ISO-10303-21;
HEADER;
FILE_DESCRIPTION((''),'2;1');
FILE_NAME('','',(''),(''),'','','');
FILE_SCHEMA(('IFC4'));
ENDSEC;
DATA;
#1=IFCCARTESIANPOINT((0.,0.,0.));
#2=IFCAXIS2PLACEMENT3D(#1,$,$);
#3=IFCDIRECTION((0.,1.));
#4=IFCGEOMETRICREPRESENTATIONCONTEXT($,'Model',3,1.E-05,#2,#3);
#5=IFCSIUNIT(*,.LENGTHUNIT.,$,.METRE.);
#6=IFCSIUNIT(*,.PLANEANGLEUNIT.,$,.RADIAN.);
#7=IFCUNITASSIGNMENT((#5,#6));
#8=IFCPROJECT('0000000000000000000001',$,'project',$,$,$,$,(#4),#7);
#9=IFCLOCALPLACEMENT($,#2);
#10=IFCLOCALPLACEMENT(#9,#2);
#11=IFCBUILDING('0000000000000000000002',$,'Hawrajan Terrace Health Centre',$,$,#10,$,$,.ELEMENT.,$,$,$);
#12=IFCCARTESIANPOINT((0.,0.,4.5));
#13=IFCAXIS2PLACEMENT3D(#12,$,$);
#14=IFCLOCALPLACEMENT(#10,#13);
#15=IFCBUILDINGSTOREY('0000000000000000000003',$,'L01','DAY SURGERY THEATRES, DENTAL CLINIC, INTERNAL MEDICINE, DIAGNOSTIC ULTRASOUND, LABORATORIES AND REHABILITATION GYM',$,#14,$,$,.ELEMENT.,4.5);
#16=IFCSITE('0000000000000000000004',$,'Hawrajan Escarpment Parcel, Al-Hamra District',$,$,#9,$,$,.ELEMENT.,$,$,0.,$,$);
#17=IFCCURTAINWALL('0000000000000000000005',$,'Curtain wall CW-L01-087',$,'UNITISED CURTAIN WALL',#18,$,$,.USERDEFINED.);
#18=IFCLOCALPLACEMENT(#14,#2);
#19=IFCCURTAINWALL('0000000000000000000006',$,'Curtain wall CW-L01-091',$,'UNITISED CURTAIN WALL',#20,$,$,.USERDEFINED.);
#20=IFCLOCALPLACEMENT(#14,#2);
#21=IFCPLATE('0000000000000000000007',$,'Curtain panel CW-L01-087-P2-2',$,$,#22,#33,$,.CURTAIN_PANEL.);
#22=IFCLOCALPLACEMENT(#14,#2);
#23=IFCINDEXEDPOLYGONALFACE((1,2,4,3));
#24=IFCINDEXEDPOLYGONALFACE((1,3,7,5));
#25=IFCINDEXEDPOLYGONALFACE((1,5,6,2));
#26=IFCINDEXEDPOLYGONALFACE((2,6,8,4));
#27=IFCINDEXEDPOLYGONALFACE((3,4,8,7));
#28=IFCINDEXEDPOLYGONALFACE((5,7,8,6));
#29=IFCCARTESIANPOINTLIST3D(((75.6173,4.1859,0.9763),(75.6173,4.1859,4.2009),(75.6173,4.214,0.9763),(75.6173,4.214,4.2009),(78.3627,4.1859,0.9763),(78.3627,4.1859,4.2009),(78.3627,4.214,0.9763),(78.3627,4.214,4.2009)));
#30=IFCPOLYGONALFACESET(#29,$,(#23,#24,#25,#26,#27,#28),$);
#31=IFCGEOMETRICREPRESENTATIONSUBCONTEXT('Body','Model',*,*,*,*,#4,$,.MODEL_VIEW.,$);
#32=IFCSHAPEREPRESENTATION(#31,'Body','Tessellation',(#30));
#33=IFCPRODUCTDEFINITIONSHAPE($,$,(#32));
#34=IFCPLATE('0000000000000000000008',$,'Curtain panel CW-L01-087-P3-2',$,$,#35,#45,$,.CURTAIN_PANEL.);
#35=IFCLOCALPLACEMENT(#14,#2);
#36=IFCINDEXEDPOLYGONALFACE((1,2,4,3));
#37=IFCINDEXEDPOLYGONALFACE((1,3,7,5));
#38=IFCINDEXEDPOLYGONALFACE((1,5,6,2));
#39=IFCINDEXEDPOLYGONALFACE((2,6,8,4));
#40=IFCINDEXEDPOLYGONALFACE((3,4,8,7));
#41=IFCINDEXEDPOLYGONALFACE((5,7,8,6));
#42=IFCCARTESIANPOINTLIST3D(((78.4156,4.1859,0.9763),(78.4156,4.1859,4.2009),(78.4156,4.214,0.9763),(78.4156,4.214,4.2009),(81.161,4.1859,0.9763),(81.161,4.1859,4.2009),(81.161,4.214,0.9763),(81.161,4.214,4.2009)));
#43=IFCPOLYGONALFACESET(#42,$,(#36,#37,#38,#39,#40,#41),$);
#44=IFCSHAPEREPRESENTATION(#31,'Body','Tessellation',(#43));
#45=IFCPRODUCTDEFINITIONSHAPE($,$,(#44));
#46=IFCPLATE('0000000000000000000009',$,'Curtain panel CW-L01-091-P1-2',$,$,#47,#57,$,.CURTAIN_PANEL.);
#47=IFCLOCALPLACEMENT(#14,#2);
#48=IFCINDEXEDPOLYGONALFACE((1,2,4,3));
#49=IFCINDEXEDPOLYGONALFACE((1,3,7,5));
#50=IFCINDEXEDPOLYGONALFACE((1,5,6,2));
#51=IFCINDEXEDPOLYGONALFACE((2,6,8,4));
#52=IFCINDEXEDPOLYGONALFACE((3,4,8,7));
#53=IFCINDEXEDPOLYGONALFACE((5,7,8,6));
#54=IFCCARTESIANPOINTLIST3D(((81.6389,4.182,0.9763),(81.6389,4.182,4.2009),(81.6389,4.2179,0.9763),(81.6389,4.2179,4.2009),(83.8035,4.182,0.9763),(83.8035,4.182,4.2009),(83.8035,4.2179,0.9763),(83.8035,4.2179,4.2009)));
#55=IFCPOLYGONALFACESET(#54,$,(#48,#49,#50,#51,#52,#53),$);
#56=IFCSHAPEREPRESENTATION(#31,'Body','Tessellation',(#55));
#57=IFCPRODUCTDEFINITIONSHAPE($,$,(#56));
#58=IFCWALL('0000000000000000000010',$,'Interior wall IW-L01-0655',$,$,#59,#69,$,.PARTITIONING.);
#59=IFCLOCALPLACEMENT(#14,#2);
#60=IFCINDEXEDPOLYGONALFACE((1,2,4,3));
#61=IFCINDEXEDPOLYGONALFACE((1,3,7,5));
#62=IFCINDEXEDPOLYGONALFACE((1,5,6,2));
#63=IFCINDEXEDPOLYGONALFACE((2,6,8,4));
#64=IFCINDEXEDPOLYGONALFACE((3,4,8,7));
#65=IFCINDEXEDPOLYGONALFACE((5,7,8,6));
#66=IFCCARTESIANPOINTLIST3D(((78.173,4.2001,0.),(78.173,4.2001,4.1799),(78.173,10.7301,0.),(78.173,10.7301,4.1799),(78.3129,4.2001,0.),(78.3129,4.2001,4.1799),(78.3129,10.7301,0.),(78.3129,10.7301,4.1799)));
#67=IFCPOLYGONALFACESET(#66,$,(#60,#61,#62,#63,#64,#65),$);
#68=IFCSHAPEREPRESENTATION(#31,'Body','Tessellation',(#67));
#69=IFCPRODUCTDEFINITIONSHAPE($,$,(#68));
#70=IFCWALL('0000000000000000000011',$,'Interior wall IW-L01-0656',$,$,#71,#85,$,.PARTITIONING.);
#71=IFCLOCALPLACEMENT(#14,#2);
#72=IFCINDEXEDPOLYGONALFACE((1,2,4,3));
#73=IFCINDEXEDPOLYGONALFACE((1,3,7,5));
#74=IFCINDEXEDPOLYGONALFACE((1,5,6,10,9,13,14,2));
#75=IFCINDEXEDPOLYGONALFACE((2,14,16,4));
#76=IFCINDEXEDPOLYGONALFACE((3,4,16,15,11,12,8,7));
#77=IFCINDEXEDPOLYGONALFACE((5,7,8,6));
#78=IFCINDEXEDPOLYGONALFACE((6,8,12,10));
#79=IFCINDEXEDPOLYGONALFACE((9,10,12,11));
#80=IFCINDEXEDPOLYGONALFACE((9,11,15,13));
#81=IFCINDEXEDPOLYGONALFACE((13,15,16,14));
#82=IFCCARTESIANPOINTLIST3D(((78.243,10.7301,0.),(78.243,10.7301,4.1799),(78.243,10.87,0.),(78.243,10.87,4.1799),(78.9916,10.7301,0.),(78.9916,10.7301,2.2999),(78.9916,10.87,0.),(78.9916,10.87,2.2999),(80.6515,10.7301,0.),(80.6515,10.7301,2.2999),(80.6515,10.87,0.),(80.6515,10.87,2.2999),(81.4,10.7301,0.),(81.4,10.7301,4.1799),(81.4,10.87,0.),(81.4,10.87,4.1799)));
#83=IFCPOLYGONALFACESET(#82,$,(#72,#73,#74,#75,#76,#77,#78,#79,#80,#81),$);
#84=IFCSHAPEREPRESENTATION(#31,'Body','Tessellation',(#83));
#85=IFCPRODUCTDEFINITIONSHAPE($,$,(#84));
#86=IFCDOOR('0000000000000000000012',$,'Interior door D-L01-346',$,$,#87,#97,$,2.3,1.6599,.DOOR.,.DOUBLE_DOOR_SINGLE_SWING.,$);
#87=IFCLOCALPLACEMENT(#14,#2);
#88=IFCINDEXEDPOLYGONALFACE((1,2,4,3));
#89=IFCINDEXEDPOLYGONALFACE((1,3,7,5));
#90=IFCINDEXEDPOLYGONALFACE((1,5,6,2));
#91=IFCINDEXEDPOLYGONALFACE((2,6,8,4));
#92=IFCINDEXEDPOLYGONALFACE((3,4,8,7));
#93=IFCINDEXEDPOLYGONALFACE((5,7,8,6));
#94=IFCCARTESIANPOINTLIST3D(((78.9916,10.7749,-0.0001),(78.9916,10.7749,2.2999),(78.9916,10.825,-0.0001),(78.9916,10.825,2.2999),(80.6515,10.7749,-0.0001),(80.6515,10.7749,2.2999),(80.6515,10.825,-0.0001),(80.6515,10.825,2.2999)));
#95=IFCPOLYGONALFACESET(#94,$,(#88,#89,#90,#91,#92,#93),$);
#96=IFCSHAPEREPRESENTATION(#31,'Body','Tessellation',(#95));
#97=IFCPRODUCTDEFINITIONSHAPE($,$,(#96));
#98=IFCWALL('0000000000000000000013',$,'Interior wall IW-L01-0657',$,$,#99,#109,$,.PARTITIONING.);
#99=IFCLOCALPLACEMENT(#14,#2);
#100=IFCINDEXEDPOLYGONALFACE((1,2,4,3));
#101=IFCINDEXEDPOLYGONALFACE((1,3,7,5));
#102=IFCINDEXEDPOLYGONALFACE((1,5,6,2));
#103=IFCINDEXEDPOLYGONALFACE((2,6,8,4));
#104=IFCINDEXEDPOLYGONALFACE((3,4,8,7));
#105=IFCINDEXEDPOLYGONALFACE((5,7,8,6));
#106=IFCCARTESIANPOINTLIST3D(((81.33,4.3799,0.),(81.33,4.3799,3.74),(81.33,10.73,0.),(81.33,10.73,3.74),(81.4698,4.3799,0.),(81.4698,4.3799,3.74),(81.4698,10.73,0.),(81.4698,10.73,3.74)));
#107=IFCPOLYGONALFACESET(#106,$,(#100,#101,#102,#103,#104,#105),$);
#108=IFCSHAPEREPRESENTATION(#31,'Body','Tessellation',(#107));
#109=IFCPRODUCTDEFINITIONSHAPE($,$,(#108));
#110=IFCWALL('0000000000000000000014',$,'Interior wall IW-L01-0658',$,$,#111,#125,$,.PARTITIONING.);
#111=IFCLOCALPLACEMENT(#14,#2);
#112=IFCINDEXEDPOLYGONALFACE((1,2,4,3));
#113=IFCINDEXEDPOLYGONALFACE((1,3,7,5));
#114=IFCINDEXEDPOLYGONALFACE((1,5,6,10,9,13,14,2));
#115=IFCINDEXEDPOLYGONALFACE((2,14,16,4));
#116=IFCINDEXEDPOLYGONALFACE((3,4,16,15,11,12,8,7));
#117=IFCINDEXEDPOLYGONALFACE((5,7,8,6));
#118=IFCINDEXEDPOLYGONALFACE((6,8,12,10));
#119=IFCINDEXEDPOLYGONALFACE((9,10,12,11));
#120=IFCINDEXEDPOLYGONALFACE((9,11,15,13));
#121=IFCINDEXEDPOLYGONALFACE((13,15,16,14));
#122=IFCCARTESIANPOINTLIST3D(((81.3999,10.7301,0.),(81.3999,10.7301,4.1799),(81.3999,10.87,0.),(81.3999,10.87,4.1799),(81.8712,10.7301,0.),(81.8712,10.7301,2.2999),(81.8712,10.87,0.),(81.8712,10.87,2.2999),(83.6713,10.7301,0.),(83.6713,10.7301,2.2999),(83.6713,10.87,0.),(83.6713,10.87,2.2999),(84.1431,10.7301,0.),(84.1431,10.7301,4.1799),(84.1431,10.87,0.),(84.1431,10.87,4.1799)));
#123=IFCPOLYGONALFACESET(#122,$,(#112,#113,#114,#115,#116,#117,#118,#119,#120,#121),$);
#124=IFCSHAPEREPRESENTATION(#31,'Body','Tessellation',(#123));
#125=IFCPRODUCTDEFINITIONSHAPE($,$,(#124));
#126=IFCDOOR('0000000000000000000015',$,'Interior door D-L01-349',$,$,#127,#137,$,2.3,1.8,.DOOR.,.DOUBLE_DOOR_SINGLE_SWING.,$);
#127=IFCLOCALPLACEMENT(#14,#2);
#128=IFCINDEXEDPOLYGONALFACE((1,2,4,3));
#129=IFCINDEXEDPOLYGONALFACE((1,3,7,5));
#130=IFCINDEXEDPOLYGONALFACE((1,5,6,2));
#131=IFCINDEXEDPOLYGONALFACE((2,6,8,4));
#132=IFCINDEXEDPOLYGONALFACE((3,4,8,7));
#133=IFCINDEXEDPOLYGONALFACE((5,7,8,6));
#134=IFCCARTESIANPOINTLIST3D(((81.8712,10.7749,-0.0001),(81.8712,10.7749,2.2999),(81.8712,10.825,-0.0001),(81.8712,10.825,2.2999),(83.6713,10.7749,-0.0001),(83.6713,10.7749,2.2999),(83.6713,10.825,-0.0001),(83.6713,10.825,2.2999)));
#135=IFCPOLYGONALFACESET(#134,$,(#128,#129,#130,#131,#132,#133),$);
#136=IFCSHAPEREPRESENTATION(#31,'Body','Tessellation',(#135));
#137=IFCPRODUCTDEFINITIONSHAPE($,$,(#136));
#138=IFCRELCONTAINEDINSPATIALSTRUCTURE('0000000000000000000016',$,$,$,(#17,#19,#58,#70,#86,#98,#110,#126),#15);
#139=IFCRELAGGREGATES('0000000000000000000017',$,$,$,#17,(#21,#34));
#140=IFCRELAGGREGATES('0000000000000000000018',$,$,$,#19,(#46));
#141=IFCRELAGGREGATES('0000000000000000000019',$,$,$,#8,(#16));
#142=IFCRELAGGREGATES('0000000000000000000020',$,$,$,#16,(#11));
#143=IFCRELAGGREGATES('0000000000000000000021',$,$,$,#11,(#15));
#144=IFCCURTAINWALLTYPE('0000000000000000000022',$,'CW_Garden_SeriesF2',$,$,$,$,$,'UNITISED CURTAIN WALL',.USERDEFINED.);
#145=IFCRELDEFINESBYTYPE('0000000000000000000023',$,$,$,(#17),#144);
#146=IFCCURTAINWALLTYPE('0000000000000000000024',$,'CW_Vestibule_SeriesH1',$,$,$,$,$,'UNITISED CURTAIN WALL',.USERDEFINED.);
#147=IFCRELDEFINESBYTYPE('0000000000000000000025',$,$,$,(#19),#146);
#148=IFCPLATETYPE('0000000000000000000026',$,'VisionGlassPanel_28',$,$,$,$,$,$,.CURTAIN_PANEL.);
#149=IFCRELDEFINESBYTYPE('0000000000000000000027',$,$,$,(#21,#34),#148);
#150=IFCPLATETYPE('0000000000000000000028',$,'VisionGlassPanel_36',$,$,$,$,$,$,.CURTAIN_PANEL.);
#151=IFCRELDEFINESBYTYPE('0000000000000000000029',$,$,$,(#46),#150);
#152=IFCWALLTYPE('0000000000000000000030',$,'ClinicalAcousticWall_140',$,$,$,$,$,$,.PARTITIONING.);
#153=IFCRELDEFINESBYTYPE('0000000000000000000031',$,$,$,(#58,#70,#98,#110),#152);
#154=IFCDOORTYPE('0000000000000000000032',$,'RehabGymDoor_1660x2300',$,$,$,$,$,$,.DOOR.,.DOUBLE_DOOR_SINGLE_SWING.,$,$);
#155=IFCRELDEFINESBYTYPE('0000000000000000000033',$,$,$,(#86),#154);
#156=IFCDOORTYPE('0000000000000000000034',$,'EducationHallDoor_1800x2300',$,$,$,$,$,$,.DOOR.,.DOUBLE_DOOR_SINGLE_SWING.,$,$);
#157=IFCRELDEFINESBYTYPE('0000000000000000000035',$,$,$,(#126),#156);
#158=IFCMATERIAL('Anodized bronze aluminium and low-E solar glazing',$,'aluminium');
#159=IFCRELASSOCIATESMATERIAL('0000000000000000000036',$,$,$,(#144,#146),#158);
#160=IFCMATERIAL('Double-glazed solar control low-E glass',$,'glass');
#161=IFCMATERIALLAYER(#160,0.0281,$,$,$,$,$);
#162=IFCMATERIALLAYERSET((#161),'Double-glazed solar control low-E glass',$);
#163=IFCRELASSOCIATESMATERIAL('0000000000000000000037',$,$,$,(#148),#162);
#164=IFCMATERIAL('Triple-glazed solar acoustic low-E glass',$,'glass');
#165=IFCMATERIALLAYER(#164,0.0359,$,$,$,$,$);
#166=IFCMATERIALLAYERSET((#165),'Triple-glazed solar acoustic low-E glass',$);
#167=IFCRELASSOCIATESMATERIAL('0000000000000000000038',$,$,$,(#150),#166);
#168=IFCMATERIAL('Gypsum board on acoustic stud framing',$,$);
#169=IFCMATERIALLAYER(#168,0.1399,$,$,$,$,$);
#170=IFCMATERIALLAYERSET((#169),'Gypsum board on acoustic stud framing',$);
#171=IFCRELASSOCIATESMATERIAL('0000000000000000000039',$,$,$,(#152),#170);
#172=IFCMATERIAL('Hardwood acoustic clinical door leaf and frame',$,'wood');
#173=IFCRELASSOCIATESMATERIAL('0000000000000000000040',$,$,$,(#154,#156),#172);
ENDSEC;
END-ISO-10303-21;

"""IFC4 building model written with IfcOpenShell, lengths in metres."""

from ifc_helpers import new_model, si_unit, direction, frame, frame_2d, origin, origin_2d, place, context, subcontext, project, spatial, rectangle, extrude, material, layer, layer_set, type_object, element, fill, aggregate, save


model = new_model("IFC4")

# Units and contexts
model_context = context("Model", 3, precision=1e-05, world=origin(), true_north=direction((0.0, 1.0)))
body_context = subcontext(model_context, "Body", "Model", "MODEL_VIEW")
ifc_project = project(units=[si_unit("LENGTHUNIT", "METRE"), si_unit("PLANEANGLEUNIT", "RADIAN")], contexts=[model_context])

# Site, building, storey
site_placement = place(None, origin())
site = spatial("IfcSite", under=ifc_project, at=site_placement, Name="Hawrajan Escarpment Parcel, Al-Hamra District", CompositionType="ELEMENT", RefElevation=0.0)
building_placement = place(site_placement, origin())
building = spatial("IfcBuilding", under=site, at=building_placement, Name="Hawrajan Terrace Health Centre", CompositionType="ELEMENT")
storey_placement = place(building_placement, frame((0.0, 0.0, 4.5)))
storey = spatial("IfcBuildingStorey", under=building, at=storey_placement, Name="L01", Description="DAY SURGERY THEATRES, DENTAL CLINIC, INTERNAL MEDICINE, DIAGNOSTIC ULTRASOUND, LABORATORIES AND REHABILITATION GYM", CompositionType="ELEMENT", Elevation=4.5)

# Curtain wall
ifc_material_1 = material(Name="Anodized bronze aluminium and low-E solar glazing", Category="aluminium")
curtain_wall_type_1 = type_object("IfcCurtainWallType", Name="CW_Garden_SeriesF2", ElementType="UNITISED CURTAIN WALL", PredefinedType="USERDEFINED", material=ifc_material_1)
curtain_wall_1_placement = place(storey_placement, origin())
curtain_wall_1 = element("IfcCurtainWall", 1, at=curtain_wall_1_placement, inside=storey, type_object=curtain_wall_type_1, Name="Curtain wall CW-L01-087", ObjectType="UNITISED CURTAIN WALL", PredefinedType="USERDEFINED")

# Curtain wall
curtain_wall_type_2 = type_object("IfcCurtainWallType", Name="CW_Vestibule_SeriesH1", ElementType="UNITISED CURTAIN WALL", PredefinedType="USERDEFINED", material=ifc_material_1)
curtain_wall_2_placement = place(storey_placement, origin())
curtain_wall_2 = element("IfcCurtainWall", 2, at=curtain_wall_2_placement, inside=storey, type_object=curtain_wall_type_2, Name="Curtain wall CW-L01-091", ObjectType="UNITISED CURTAIN WALL", PredefinedType="USERDEFINED")

# Plates
ifc_material_2 = material(Name="Double-glazed solar control low-E glass", Category="glass")
ifc_layer_1 = layer(ifc_material_2, 0.0281)
ifc_layer_set_1 = layer_set([ifc_layer_1], Name="Double-glazed solar control low-E glass")
plate_type_1 = type_object("IfcPlateType", Name="VisionGlassPanel_28", PredefinedType="CURTAIN_PANEL", material=ifc_layer_set_1)
plate_1_placement = place(storey_placement, frame((76.99, 4.2, 0.9763), z_axis=(0.0, 0.0, 1.0), x_axis=(1.0, 0.0, 0.0)))
plate_1 = element("IfcPlate", 3, at=plate_1_placement, type_object=plate_type_1, Name="Curtain panel CW-L01-087-P2-2", PredefinedType="CURTAIN_PANEL", context=body_context, shape_type="SweptSolid", body=[
    extrude(rectangle(XDim=2.7454, YDim=0.0281, at=origin_2d()), origin(), (0.0, 0.0, 1.0), 3.2246),
])
plate_2_placement = place(storey_placement, frame((79.7883, 4.2, 0.9763), z_axis=(0.0, 0.0, 1.0), x_axis=(1.0, 0.0, 0.0)))
plate_2 = element("IfcPlate", 4, at=plate_2_placement, type_object=plate_type_1, Name="Curtain panel CW-L01-087-P3-2", PredefinedType="CURTAIN_PANEL", context=body_context, shape_type="SweptSolid", body=[
    extrude(rectangle(XDim=2.7454, YDim=0.0281, at=origin_2d()), origin(), (0.0, 0.0, 1.0), 3.2246),
])
aggregate(curtain_wall_1, [plate_1, plate_2])
ifc_material_3 = material(Name="Triple-glazed solar acoustic low-E glass", Category="glass")
ifc_layer_2 = layer(ifc_material_3, 0.0359)
ifc_layer_set_2 = layer_set([ifc_layer_2], Name="Triple-glazed solar acoustic low-E glass")
plate_type_2 = type_object("IfcPlateType", Name="VisionGlassPanel_36", PredefinedType="CURTAIN_PANEL", material=ifc_layer_set_2)
plate_3_placement = place(storey_placement, frame((82.7212, 4.2, 0.9763), z_axis=(0.0, 0.0, 1.0), x_axis=(1.0, 0.0, 0.0)))
plate_3 = element("IfcPlate", 5, at=plate_3_placement, type_object=plate_type_2, Name="Curtain panel CW-L01-091-P1-2", PredefinedType="CURTAIN_PANEL", context=body_context, shape_type="SweptSolid", body=[
    extrude(rectangle(XDim=2.1646, YDim=0.0359, at=origin_2d()), origin(), (0.0, 0.0, 1.0), 3.2246),
])
aggregate(curtain_wall_2, [plate_3])

# Wall
ifc_material_4 = material(Name="Gypsum board on acoustic stud framing")
ifc_layer_3 = layer(ifc_material_4, 0.1399)
ifc_layer_set_3 = layer_set([ifc_layer_3], Name="Gypsum board on acoustic stud framing")
wall_type = type_object("IfcWallType", Name="ClinicalAcousticWall_140", PredefinedType="PARTITIONING", material=ifc_layer_set_3)
wall_1_placement = place(storey_placement, frame((78.2429, 4.2, 0.0), z_axis=(0.0, 0.0, 1.0), x_axis=(0.0, 1.0, 0.0)))
element("IfcWall", 6, at=wall_1_placement, inside=storey, type_object=wall_type, Name="Interior wall IW-L01-0655", PredefinedType="PARTITIONING", context=body_context, shape_type="SweptSolid", body=[
    extrude(rectangle(XDim=6.53, YDim=0.1399, at=frame_2d((3.2651, 0.0))), origin(), (0.0, 0.0, 1.0), 4.1799),
])

# Wall, opening, door
wall_2_placement = place(storey_placement, frame((78.2429, 10.8, 0.0), z_axis=(0.0, 0.0, 1.0), x_axis=(1.0, 0.0, 0.0)))
wall_2 = element("IfcWall", 7, at=wall_2_placement, inside=storey, type_object=wall_type, Name="Interior wall IW-L01-0656", PredefinedType="PARTITIONING", context=body_context, shape_type="SweptSolid", body=[
    extrude(rectangle(XDim=3.157, YDim=0.1399, at=frame_2d((1.5786, 0.0))), origin(), (0.0, 0.0, 1.0), 4.1799),
])
opening_1_placement = place(wall_2_placement, frame((0.7485, 0.0, 0.0)))
opening_1 = element("IfcOpeningElement", 8, at=opening_1_placement, cuts=wall_2, PredefinedType="OPENING", context=body_context, shape_type="SweptSolid", body=[
    extrude(rectangle(XDim=1.6599, YDim=2.3, at=frame_2d((0.8301, 1.1499))), frame((0.0, 0.0798, 0.0), z_axis=(0.0, -1.0, 0.0), x_axis=(1.0, 0.0, 0.0)), (0.0, 0.0, 1.0), 0.1599),
])
ifc_material_5 = material(Name="Hardwood acoustic clinical door leaf and frame", Category="wood")
door_type_1 = type_object("IfcDoorType", Name="RehabGymDoor_1660x2300", OperationType="DOUBLE_DOOR_SINGLE_SWING", PredefinedType="DOOR", material=ifc_material_5)
door_1_placement = place(opening_1_placement, origin())
door_1 = element("IfcDoor", 9, at=door_1_placement, inside=storey, type_object=door_type_1, Name="Interior door D-L01-346", OperationType="DOUBLE_DOOR_SINGLE_SWING", OverallHeight=2.3, OverallWidth=1.6599, PredefinedType="DOOR", context=body_context, shape_type="SweptSolid", body=[
    extrude(rectangle(XDim=1.6599, YDim=2.3, at=frame_2d((0.8301, 1.1499))), frame((0.0, 0.0249, 0.0), z_axis=(0.0, -1.0, 0.0), x_axis=(1.0, 0.0, 0.0)), (0.0, 0.0, 1.0), 0.05),
])
fill(opening_1, door_1)

# Wall
wall_3_placement = place(storey_placement, frame((81.3999, 4.3799, 0.0), z_axis=(0.0, 0.0, 1.0), x_axis=(0.0, 1.0, 0.0)))
element("IfcWall", 10, at=wall_3_placement, inside=storey, type_object=wall_type, Name="Interior wall IW-L01-0657", PredefinedType="PARTITIONING", context=body_context, shape_type="SweptSolid", body=[
    extrude(rectangle(XDim=6.3501, YDim=0.1399, at=frame_2d((3.175, 0.0))), origin(), (0.0, 0.0, 1.0), 3.74),
])

# Wall, opening, door
wall_4_placement = place(storey_placement, frame((81.3999, 10.8, 0.0), z_axis=(0.0, 0.0, 1.0), x_axis=(1.0, 0.0, 0.0)))
wall_4 = element("IfcWall", 11, at=wall_4_placement, inside=storey, type_object=wall_type, Name="Interior wall IW-L01-0658", PredefinedType="PARTITIONING", context=body_context, shape_type="SweptSolid", body=[
    extrude(rectangle(XDim=2.7432, YDim=0.1399, at=frame_2d((1.3716, 0.0))), origin(), (0.0, 0.0, 1.0), 4.1799),
])
opening_2_placement = place(wall_4_placement, frame((0.4714, 0.0, 0.0)))
opening_2 = element("IfcOpeningElement", 12, at=opening_2_placement, cuts=wall_4, PredefinedType="OPENING", context=body_context, shape_type="SweptSolid", body=[
    extrude(rectangle(XDim=1.8, YDim=2.3, at=frame_2d((0.8999, 1.1499))), frame((0.0, 0.0798, 0.0), z_axis=(0.0, -1.0, 0.0), x_axis=(1.0, 0.0, 0.0)), (0.0, 0.0, 1.0), 0.1599),
])
door_type_2 = type_object("IfcDoorType", Name="EducationHallDoor_1800x2300", OperationType="DOUBLE_DOOR_SINGLE_SWING", PredefinedType="DOOR", material=ifc_material_5)
door_2_placement = place(opening_2_placement, origin())
door_2 = element("IfcDoor", 13, at=door_2_placement, inside=storey, type_object=door_type_2, Name="Interior door D-L01-349", OperationType="DOUBLE_DOOR_SINGLE_SWING", OverallHeight=2.3, OverallWidth=1.8, PredefinedType="DOOR", context=body_context, shape_type="SweptSolid", body=[
    extrude(rectangle(XDim=1.8, YDim=2.3, at=frame_2d((0.8999, 1.1499))), frame((0.0, 0.0249, 0.0), z_axis=(0.0, -1.0, 0.0), x_axis=(1.0, 0.0, 0.0)), (0.0, 0.0, 1.0), 0.05),
])
fill(opening_2, door_2)

save(model, "model.ifc")
